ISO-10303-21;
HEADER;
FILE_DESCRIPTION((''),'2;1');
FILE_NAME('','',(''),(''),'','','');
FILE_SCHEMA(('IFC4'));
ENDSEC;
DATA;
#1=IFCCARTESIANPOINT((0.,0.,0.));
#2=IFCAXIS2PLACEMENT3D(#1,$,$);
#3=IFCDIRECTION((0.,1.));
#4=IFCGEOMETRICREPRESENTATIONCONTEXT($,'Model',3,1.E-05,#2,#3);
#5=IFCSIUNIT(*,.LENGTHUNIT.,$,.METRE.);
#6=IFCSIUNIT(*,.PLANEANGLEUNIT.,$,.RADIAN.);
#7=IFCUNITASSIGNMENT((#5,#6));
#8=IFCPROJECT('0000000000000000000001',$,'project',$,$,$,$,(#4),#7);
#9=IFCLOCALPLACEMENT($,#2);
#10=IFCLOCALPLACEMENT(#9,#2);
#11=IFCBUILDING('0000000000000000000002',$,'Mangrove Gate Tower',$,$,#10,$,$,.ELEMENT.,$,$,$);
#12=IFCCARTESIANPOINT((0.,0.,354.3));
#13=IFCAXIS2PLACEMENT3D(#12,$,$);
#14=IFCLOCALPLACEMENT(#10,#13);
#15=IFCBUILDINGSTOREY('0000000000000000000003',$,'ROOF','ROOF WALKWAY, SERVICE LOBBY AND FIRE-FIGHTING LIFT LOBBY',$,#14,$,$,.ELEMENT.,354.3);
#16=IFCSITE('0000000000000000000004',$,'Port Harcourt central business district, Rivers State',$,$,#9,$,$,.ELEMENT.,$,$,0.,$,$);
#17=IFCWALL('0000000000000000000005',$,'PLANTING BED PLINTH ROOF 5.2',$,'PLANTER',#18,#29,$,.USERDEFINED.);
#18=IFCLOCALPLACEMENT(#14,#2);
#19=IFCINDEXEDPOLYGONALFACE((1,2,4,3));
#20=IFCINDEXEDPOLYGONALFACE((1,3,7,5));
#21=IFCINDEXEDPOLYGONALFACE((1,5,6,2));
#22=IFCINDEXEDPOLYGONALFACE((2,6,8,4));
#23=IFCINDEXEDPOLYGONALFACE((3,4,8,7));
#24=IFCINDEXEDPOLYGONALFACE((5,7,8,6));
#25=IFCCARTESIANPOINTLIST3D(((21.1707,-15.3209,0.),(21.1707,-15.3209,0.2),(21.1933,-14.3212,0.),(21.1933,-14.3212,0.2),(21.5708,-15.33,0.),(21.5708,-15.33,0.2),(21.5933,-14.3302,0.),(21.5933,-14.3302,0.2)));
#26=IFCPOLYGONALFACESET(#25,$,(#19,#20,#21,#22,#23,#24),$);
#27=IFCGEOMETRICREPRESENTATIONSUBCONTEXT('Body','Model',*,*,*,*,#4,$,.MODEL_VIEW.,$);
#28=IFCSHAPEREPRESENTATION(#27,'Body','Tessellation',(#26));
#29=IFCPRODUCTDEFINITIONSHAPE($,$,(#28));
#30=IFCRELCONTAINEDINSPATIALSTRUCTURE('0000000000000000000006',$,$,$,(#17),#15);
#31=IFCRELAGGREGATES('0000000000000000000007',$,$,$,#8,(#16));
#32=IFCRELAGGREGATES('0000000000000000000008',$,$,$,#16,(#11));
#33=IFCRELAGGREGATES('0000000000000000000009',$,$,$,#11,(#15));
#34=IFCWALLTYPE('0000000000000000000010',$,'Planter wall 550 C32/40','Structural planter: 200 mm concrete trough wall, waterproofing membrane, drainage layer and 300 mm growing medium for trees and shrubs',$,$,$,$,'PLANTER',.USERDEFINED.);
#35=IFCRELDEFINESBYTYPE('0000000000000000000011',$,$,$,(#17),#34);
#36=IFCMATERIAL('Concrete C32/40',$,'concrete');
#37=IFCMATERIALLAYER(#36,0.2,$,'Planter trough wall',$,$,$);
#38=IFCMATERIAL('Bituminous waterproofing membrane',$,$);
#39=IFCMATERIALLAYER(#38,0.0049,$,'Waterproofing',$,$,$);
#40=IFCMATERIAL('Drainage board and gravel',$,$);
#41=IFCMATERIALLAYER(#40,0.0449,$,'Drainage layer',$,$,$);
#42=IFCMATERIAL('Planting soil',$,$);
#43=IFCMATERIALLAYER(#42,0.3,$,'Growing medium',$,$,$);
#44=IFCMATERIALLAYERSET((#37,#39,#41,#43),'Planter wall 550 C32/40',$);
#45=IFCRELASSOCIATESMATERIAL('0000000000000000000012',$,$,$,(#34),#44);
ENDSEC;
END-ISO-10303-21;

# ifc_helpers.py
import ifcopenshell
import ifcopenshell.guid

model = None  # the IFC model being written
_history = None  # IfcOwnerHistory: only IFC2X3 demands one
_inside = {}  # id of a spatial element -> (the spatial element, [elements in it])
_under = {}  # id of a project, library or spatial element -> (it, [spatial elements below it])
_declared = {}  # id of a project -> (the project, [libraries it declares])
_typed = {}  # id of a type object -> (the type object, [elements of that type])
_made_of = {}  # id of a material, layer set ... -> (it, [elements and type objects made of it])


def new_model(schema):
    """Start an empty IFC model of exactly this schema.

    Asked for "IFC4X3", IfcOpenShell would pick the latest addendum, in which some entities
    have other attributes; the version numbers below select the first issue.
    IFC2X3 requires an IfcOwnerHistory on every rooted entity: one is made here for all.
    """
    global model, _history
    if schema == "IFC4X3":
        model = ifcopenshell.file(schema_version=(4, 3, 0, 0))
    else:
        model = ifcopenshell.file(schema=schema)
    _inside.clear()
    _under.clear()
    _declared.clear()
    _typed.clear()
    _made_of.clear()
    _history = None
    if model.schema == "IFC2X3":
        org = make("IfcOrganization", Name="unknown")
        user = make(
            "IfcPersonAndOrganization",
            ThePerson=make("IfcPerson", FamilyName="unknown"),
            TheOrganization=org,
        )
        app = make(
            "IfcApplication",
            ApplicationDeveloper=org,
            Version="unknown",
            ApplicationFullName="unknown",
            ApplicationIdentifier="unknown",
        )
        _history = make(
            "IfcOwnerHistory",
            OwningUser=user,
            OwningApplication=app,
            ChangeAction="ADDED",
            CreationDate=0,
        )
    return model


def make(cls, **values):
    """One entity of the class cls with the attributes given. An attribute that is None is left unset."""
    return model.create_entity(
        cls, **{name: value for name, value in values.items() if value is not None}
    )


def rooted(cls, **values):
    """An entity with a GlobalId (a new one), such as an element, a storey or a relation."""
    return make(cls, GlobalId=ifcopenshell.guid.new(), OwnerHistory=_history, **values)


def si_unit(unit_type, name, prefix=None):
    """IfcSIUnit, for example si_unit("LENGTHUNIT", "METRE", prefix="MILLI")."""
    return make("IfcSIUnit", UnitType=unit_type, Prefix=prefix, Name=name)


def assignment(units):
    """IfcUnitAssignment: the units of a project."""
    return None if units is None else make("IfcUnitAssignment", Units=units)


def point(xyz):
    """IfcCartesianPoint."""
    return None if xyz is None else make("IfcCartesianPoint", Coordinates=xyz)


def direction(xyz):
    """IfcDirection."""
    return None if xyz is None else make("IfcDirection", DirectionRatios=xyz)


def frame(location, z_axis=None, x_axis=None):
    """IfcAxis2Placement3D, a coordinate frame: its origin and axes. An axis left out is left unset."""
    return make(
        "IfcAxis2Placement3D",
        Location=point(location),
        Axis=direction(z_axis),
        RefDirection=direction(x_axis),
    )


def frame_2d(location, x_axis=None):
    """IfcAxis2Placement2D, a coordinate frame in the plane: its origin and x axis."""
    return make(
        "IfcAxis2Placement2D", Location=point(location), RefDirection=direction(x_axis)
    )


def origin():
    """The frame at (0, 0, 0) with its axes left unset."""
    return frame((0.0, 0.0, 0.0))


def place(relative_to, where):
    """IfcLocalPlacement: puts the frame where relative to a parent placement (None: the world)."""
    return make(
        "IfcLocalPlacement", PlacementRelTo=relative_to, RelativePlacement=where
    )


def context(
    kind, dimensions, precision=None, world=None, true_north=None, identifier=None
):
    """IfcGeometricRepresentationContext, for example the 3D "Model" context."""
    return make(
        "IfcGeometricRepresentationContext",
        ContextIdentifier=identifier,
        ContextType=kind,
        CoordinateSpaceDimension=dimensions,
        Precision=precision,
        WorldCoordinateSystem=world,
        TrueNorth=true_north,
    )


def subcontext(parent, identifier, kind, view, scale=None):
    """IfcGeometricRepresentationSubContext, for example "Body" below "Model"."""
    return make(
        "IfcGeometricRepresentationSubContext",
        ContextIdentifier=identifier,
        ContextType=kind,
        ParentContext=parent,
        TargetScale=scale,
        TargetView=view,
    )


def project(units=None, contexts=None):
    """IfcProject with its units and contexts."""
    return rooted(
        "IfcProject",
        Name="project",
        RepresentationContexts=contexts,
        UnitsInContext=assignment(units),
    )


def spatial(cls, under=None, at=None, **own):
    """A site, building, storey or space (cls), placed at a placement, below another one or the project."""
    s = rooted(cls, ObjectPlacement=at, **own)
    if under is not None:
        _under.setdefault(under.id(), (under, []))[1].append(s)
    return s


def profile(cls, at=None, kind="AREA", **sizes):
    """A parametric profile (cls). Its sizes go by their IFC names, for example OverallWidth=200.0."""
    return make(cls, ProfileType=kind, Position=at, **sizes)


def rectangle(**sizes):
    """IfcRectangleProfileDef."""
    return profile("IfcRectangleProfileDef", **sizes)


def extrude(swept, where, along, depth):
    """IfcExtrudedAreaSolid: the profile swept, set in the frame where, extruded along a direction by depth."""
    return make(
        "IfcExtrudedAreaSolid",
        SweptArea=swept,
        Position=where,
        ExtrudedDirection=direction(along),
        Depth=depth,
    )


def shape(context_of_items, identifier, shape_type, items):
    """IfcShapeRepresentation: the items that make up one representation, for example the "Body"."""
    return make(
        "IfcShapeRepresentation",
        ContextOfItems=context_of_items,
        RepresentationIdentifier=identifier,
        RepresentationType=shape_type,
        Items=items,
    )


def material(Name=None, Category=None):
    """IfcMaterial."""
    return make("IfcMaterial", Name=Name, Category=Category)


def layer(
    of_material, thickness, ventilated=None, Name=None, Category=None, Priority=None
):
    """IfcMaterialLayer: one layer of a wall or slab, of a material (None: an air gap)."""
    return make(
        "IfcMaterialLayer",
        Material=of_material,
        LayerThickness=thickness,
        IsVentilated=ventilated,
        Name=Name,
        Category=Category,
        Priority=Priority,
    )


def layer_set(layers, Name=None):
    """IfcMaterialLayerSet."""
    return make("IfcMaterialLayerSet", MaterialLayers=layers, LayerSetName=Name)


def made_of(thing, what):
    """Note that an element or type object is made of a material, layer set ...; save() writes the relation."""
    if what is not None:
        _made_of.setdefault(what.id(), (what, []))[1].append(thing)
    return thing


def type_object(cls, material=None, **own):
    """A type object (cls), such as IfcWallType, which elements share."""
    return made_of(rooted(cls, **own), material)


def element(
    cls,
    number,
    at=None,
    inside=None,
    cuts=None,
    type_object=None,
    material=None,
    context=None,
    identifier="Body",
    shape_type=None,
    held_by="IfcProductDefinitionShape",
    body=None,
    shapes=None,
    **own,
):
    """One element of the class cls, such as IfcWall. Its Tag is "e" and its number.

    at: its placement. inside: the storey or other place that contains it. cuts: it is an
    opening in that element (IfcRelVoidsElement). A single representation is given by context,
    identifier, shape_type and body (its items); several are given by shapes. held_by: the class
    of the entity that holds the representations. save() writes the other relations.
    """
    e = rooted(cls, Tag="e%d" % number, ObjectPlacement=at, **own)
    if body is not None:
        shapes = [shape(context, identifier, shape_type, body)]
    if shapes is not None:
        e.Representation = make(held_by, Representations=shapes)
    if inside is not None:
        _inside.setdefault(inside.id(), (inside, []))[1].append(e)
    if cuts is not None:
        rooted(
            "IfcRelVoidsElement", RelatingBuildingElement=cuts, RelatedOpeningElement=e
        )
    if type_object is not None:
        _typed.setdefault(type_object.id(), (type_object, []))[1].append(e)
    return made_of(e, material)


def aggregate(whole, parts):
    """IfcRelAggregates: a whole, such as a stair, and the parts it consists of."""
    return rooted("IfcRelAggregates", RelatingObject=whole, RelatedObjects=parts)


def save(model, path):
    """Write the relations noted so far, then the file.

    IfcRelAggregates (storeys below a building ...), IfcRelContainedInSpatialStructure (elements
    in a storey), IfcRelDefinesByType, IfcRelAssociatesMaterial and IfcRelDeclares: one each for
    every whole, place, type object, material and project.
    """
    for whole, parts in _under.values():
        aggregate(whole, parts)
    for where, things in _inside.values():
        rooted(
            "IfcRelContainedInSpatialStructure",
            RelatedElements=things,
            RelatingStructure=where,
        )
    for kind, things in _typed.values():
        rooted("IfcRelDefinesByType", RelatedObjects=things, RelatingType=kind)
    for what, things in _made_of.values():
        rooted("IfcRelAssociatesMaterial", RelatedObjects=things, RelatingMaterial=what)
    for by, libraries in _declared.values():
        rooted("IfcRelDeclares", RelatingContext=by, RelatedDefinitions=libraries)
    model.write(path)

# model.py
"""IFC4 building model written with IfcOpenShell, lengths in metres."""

from ifc_helpers import new_model, si_unit, direction, frame, frame_2d, origin, place, context, subcontext, project, spatial, rectangle, extrude, material, layer, layer_set, type_object, element, save


model = new_model("IFC4")

# Units and contexts
model_context = context("Model", 3, precision=1e-05, world=origin(), true_north=direction((0.0, 1.0)))
body_context = subcontext(model_context, "Body", "Model", "MODEL_VIEW")
ifc_project = project(units=[si_unit("LENGTHUNIT", "METRE"), si_unit("PLANEANGLEUNIT", "RADIAN")], contexts=[model_context])

# Site, building, storey
site_placement = place(None, origin())
site = spatial("IfcSite", under=ifc_project, at=site_placement, Name="Port Harcourt central business district, Rivers State", CompositionType="ELEMENT", RefElevation=0.0)
building_placement = place(site_placement, origin())
building = spatial("IfcBuilding", under=site, at=building_placement, Name="Mangrove Gate Tower", CompositionType="ELEMENT")
storey_placement = place(building_placement, frame((0.0, 0.0, 354.3)))
storey = spatial("IfcBuildingStorey", under=building, at=storey_placement, Name="ROOF", Description="ROOF WALKWAY, SERVICE LOBBY AND FIRE-FIGHTING LIFT LOBBY", CompositionType="ELEMENT", Elevation=354.3)

# Wall
ifc_material_1 = material(Name="Concrete C32/40", Category="concrete")
ifc_layer_1 = layer(ifc_material_1, 0.2, Name="Planter trough wall")
ifc_material_2 = material(Name="Bituminous waterproofing membrane")
ifc_layer_2 = layer(ifc_material_2, 0.0049, Name="Waterproofing")
ifc_material_3 = material(Name="Drainage board and gravel")
ifc_layer_3 = layer(ifc_material_3, 0.0449, Name="Drainage layer")
ifc_material_4 = material(Name="Planting soil")
ifc_layer_4 = layer(ifc_material_4, 0.3, Name="Growing medium")
ifc_layer_set_1 = layer_set([ifc_layer_1, ifc_layer_2, ifc_layer_3, ifc_layer_4], Name="Planter wall 550 C32/40")
wall_type_1 = type_object("IfcWallType", Name="Planter wall 550 C32/40", Description="Structural planter: 200 mm concrete trough wall, waterproofing membrane, drainage layer and 300 mm growing medium for trees and shrubs", ElementType="PLANTER", PredefinedType="USERDEFINED", material=ifc_layer_set_1)
wall_1_placement = place(storey_placement, frame((21.1819, -14.821, 0.0), z_axis=(0.0, 0.0, 1.0), x_axis=(0.999745, -0.022569, 0.0)))
element("IfcWall", 1, at=wall_1_placement, inside=storey, type_object=wall_type_1, Name="PLANTING BED PLINTH ROOF 5.2", ObjectType="PLANTER", PredefinedType="USERDEFINED", context=body_context, shape_type="SweptSolid", body=[
    extrude(rectangle(XDim=0.4001, YDim=1.0, at=frame_2d((0.2002, 0.0))), origin(), (0.0, 0.0, 1.0), 0.2),
])

save(model, "model.ifc")
